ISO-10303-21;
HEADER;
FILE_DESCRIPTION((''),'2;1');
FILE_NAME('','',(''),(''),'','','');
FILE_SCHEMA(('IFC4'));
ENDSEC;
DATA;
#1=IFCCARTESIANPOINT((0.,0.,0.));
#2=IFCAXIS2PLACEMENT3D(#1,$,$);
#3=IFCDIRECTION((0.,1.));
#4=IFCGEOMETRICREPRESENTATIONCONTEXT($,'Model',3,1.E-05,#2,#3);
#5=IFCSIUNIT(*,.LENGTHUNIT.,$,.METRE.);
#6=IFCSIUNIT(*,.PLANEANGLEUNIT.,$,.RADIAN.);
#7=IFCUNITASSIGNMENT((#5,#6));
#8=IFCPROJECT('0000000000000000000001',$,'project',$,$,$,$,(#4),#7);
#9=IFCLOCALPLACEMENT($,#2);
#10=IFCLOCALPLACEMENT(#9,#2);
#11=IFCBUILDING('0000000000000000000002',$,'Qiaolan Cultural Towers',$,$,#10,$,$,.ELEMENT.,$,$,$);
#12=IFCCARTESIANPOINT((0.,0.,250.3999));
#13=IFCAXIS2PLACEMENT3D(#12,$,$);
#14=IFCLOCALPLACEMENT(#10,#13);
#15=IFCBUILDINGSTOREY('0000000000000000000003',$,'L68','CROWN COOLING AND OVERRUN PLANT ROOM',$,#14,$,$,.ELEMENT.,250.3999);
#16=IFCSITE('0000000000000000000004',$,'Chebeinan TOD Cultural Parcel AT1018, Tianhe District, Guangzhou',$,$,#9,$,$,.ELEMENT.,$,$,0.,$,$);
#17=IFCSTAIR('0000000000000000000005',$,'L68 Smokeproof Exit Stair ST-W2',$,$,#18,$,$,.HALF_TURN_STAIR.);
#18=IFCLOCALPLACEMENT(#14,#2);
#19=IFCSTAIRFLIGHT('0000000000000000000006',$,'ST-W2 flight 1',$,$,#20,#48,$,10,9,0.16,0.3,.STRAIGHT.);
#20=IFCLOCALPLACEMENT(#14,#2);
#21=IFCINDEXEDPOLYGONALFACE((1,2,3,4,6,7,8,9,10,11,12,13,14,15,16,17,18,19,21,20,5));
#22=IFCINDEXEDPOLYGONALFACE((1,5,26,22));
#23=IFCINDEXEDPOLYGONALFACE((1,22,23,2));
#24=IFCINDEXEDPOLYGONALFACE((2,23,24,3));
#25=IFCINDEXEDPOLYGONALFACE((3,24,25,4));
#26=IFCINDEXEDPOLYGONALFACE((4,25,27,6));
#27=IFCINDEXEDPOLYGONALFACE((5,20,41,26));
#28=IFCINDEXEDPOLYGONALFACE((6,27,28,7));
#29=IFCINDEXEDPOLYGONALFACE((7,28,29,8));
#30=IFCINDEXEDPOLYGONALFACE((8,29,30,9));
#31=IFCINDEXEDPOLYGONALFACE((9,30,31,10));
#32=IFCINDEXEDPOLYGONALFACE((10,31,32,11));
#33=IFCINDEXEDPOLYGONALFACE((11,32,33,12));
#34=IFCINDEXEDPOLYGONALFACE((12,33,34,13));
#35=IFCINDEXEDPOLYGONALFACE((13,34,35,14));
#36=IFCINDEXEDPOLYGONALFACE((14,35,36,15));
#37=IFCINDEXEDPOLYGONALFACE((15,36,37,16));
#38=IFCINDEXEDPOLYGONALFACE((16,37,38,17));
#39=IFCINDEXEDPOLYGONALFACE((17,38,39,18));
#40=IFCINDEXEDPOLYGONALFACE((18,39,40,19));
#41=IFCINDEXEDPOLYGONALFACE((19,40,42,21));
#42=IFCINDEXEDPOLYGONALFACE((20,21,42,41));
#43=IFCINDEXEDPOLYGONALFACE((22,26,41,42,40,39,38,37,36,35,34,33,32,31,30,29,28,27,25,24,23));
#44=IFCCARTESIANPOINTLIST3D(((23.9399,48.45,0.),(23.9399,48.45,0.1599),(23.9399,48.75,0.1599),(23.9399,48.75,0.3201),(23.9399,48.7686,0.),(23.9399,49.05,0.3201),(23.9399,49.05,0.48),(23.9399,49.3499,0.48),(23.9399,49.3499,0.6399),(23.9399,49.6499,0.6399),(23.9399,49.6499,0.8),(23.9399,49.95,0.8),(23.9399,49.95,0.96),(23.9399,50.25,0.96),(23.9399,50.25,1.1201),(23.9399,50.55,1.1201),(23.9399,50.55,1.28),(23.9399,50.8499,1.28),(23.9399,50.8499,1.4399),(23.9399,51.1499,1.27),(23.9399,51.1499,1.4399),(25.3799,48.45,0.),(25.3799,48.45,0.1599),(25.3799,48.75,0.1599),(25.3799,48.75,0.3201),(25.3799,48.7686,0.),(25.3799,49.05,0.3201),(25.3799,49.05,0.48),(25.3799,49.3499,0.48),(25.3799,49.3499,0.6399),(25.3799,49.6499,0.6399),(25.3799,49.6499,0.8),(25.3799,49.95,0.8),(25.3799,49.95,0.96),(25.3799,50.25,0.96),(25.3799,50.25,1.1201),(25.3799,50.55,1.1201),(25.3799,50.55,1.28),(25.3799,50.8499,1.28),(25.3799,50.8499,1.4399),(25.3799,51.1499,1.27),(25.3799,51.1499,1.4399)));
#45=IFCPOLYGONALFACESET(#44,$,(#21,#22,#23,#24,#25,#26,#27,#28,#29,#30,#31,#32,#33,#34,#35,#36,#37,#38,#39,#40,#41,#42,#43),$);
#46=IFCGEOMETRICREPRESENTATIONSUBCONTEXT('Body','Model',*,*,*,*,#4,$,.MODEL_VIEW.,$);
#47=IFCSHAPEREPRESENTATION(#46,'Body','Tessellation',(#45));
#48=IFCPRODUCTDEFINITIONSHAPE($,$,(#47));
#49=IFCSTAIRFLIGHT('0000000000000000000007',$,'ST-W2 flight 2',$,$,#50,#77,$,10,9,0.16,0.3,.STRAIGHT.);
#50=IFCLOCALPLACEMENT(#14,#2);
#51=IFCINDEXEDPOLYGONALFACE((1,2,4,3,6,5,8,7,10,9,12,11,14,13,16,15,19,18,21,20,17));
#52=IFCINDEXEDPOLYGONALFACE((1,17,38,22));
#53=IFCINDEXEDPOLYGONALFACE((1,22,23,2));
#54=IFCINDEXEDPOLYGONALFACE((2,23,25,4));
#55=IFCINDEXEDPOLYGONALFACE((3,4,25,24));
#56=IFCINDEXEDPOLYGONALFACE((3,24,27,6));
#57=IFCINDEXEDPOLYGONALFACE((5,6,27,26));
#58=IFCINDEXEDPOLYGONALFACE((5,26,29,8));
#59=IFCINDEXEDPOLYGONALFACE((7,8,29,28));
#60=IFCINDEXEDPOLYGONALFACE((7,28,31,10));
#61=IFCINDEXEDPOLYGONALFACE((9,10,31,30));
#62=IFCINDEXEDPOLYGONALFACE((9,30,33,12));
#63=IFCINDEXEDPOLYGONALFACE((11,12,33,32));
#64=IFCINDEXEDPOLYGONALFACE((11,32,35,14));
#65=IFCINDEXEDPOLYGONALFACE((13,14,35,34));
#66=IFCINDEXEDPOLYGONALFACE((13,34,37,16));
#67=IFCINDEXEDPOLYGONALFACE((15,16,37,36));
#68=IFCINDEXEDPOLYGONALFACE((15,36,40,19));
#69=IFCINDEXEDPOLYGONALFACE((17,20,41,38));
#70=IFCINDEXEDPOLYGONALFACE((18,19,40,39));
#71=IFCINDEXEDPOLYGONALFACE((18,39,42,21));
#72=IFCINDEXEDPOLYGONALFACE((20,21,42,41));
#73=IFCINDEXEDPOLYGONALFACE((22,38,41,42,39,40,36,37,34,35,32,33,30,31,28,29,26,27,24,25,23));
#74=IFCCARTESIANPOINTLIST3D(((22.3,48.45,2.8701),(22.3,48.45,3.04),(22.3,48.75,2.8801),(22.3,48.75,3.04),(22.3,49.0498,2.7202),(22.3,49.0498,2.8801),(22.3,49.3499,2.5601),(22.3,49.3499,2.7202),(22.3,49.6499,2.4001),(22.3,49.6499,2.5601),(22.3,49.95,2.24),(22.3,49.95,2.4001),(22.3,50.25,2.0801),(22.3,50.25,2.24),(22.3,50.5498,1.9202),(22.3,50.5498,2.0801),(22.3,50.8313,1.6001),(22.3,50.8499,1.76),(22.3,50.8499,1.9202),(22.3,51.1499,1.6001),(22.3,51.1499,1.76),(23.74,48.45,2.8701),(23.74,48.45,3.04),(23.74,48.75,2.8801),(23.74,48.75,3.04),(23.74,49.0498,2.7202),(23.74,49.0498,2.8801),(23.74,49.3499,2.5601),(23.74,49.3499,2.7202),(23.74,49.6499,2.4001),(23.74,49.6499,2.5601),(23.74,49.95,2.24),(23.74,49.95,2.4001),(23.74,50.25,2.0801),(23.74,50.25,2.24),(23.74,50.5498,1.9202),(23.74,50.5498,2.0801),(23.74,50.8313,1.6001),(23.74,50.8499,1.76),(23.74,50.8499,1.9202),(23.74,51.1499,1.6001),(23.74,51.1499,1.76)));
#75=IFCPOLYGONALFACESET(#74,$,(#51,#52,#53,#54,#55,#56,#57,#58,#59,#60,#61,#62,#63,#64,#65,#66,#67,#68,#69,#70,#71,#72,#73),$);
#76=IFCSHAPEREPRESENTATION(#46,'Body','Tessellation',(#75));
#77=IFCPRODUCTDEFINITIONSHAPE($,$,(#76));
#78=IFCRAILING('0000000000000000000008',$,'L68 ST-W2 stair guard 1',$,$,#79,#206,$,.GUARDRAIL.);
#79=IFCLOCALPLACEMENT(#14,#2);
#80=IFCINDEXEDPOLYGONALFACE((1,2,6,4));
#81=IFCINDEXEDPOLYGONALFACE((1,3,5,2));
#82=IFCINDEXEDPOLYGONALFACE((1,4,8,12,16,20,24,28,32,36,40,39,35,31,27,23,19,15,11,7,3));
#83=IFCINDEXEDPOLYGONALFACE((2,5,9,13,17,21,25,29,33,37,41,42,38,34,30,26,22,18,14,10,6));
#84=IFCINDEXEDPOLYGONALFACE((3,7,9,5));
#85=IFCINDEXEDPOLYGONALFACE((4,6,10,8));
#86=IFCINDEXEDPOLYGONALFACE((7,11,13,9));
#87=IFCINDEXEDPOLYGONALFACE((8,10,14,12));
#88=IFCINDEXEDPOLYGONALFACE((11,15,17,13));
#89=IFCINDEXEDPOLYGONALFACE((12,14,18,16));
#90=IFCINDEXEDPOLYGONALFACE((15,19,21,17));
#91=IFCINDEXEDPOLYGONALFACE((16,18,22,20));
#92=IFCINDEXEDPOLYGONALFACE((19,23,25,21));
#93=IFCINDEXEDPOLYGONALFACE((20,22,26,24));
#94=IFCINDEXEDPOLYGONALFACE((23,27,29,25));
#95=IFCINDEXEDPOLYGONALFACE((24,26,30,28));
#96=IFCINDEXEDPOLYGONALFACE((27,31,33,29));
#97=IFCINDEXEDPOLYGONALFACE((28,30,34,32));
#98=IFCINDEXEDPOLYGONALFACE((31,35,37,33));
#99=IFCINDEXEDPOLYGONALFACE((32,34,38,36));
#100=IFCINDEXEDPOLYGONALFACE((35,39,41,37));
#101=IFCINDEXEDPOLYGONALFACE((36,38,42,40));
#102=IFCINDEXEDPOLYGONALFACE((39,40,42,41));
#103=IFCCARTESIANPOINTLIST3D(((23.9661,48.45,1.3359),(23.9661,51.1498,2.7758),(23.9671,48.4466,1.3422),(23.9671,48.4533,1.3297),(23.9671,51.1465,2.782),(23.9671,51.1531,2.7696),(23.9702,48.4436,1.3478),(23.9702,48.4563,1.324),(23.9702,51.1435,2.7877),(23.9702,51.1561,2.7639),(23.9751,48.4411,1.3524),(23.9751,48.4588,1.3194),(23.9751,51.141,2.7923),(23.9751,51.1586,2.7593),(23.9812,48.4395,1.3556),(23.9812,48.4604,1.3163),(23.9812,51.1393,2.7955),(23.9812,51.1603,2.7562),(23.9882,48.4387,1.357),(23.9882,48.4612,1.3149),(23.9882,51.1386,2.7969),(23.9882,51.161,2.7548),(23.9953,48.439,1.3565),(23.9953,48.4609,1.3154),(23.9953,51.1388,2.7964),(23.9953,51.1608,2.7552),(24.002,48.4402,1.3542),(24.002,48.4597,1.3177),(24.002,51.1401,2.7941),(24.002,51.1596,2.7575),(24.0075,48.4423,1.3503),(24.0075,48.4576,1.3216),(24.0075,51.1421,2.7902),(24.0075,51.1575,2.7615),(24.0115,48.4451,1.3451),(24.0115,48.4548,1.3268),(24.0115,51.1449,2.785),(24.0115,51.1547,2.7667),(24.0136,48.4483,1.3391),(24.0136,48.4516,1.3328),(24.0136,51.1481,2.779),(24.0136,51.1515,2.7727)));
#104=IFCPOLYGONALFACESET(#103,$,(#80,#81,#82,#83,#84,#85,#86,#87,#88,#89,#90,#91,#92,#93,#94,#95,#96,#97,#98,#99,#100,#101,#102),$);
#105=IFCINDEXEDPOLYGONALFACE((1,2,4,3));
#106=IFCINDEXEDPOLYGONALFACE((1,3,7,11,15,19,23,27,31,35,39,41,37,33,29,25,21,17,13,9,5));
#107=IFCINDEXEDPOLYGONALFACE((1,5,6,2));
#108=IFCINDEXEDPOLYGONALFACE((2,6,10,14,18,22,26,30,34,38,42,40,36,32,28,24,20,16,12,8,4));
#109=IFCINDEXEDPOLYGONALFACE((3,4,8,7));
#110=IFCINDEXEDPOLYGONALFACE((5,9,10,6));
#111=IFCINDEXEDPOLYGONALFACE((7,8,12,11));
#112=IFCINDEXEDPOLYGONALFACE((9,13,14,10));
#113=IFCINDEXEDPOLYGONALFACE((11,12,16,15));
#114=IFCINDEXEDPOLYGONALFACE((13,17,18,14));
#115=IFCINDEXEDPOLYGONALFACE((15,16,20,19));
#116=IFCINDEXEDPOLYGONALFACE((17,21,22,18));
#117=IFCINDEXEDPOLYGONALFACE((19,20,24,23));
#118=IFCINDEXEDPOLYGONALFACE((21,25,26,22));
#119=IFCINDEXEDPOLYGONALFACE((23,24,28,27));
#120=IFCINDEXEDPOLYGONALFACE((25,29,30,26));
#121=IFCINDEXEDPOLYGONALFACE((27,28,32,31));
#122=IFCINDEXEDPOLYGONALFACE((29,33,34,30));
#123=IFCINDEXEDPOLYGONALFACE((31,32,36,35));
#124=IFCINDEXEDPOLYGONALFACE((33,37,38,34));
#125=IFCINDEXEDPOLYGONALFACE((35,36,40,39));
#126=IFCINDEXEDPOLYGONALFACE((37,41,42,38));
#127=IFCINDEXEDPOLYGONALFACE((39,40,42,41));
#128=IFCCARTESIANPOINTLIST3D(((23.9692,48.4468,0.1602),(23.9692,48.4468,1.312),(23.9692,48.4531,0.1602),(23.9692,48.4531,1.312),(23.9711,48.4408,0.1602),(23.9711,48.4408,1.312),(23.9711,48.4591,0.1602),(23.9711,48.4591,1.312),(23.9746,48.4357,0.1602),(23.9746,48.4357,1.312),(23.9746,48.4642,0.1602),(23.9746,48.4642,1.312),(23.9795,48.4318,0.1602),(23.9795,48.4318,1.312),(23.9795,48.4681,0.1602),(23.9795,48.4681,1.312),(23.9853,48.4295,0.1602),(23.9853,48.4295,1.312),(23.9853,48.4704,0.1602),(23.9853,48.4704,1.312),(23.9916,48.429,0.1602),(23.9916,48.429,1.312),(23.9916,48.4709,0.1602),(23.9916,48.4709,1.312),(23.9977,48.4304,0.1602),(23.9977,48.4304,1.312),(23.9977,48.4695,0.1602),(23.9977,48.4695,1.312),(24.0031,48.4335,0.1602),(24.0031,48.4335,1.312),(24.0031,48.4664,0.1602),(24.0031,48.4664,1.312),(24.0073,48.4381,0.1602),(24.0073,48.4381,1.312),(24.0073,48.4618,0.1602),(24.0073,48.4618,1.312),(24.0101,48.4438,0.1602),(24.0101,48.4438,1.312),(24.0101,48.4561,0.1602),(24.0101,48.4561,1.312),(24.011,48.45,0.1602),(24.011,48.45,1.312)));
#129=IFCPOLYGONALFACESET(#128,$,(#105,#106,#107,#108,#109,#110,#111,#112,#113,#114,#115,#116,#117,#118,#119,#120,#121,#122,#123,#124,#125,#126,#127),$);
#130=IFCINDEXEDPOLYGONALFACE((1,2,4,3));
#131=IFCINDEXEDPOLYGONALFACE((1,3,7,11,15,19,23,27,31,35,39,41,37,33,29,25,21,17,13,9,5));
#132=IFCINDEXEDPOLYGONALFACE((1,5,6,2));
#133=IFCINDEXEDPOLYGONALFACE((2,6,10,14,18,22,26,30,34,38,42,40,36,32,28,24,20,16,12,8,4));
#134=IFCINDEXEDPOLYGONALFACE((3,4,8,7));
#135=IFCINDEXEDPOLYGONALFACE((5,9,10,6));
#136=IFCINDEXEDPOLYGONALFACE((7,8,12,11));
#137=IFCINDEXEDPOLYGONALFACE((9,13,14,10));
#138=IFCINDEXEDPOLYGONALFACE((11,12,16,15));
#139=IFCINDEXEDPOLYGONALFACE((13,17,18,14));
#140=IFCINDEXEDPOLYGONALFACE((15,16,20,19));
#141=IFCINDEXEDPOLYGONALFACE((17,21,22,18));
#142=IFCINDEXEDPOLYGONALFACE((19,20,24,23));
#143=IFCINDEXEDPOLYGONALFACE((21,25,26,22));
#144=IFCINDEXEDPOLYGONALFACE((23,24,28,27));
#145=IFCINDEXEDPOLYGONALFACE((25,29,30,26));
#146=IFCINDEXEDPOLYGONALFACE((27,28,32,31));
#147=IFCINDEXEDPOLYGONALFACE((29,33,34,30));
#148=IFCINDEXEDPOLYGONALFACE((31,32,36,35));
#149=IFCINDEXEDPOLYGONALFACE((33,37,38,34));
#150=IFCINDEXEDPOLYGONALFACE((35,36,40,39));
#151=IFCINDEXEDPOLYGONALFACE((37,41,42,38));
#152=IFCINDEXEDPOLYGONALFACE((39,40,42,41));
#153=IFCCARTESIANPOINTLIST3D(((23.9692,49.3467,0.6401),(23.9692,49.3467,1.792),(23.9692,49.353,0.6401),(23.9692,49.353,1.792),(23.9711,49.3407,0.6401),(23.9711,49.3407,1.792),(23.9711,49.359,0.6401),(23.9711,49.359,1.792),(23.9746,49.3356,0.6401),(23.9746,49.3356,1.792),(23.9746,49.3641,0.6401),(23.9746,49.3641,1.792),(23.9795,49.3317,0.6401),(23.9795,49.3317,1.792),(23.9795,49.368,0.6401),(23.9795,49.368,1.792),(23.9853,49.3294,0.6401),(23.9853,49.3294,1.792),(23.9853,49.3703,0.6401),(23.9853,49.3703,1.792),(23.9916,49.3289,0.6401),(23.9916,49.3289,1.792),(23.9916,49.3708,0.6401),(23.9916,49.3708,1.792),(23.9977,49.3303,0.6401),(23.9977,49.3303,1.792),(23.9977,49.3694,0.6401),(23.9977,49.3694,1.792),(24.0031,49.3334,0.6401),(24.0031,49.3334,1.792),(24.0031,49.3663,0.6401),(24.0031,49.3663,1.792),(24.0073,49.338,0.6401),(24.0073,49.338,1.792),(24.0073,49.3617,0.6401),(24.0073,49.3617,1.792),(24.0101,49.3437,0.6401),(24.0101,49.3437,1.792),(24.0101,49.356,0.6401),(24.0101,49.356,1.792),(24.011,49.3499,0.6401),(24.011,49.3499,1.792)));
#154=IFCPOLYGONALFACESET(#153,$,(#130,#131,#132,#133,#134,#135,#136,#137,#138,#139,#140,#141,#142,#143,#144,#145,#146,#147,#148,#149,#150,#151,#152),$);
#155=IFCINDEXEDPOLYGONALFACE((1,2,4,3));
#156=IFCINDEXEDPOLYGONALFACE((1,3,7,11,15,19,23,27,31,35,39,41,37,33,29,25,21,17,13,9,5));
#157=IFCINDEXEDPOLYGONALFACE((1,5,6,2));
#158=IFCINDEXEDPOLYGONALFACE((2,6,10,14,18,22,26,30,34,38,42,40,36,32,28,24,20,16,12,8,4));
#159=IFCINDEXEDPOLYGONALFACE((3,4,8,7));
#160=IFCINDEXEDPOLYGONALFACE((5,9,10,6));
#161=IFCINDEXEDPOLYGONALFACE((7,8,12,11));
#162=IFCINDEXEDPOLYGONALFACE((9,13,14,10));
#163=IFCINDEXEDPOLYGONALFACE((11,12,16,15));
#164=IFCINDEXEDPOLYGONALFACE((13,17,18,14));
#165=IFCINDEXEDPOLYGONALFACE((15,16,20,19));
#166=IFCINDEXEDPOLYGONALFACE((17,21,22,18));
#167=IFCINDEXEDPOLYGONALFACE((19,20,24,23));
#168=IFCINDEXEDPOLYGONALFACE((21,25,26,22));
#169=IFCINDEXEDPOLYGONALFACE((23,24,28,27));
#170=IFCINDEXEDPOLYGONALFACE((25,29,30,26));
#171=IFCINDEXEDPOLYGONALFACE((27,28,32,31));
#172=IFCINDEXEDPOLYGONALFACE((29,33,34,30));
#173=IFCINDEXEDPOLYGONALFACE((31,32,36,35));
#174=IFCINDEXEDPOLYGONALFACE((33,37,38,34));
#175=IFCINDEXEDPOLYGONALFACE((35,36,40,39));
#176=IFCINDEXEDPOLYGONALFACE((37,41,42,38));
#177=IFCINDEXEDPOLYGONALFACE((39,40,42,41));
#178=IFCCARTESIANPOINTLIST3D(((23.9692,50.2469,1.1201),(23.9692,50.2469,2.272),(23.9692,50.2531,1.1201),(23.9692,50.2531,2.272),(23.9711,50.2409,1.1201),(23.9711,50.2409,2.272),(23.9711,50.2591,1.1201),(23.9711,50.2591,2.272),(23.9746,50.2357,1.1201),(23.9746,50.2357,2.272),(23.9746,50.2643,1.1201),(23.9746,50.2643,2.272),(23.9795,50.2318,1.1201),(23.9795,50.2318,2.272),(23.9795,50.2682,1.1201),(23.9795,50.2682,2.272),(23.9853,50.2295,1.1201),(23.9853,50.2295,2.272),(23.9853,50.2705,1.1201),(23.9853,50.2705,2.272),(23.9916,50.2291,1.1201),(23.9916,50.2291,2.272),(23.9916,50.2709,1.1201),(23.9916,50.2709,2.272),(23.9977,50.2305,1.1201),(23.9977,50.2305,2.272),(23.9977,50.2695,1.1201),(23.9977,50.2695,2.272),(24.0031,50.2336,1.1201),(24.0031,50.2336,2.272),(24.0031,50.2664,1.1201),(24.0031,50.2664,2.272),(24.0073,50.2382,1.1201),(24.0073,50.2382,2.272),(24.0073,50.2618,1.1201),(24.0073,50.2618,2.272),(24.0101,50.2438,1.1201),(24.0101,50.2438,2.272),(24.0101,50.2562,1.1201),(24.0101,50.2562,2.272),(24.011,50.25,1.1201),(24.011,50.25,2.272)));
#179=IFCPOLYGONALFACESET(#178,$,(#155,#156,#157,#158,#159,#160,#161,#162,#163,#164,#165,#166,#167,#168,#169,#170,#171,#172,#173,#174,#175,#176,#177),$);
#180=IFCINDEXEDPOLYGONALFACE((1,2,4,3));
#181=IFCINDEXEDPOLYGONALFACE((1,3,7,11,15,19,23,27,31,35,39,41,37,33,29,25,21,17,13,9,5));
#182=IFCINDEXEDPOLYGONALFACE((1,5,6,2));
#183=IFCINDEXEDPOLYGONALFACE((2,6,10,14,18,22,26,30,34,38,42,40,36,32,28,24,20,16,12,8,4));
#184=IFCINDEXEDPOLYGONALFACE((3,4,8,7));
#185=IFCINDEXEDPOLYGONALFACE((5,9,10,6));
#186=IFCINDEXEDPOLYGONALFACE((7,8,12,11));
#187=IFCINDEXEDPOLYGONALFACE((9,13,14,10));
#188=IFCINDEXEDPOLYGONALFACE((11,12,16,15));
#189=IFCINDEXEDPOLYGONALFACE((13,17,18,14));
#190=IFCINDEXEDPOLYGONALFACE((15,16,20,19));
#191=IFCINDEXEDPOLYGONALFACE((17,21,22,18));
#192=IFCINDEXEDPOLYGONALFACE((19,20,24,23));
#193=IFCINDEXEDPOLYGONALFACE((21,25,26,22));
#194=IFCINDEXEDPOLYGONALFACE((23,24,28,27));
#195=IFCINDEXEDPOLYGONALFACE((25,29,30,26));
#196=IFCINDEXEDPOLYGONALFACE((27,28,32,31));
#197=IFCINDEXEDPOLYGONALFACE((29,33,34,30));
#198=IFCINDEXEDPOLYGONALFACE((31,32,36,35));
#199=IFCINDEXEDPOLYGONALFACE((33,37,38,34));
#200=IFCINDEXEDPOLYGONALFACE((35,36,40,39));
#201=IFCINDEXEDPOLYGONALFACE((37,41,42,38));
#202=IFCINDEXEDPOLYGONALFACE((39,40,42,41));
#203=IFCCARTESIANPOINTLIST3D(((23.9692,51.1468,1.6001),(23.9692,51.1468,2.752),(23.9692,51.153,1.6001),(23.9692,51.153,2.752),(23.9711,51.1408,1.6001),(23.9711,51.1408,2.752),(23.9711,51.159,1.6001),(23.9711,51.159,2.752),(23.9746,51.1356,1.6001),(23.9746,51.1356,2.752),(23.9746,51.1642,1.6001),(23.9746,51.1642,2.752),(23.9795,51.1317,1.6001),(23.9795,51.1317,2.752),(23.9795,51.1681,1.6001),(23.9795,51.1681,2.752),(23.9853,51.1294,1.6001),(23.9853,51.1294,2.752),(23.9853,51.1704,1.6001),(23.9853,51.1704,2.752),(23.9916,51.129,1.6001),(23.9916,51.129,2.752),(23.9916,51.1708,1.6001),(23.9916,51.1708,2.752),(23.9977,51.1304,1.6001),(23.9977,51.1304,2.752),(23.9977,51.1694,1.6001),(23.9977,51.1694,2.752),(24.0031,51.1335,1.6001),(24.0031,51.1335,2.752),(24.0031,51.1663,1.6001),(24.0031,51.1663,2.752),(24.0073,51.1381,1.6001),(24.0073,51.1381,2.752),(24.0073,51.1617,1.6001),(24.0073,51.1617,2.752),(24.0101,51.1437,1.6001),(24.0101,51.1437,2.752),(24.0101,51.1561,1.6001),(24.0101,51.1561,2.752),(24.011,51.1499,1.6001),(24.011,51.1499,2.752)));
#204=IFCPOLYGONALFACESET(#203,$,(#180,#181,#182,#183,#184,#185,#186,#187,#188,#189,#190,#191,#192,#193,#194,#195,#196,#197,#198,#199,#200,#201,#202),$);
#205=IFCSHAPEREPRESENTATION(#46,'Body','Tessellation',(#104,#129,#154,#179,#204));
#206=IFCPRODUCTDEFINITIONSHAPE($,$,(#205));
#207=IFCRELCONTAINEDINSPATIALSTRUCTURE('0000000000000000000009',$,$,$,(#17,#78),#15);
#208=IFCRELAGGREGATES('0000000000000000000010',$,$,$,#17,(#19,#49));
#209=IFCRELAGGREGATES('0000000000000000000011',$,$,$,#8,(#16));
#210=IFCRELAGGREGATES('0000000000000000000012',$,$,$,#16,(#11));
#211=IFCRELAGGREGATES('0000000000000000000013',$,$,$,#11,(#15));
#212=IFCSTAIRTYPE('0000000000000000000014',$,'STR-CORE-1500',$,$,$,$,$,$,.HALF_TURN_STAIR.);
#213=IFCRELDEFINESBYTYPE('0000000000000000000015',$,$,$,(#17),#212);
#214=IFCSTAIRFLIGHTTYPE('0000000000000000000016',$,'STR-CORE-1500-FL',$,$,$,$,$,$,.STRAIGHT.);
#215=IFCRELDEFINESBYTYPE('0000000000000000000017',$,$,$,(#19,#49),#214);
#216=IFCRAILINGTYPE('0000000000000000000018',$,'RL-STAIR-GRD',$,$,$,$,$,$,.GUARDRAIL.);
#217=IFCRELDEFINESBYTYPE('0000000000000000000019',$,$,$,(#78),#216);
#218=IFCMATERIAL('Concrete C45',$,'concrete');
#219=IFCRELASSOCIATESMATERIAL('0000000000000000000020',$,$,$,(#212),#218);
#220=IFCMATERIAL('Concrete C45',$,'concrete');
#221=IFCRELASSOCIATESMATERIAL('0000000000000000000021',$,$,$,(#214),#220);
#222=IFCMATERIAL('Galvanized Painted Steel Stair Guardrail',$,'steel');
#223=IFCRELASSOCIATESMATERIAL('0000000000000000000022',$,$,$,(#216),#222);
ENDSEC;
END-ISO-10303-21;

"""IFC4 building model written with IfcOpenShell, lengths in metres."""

from ifc_helpers import new_model, si_unit, direction, frame, origin, origin_2d, place, context, subcontext, project, spatial, polyline, circle, outline, extrude, material, type_object, element, aggregate, save


model = new_model("IFC4")

# Units and contexts
model_context = context("Model", 3, precision=1e-05, world=origin(), true_north=direction((0.0, 1.0)))
body_context = subcontext(model_context, "Body", "Model", "MODEL_VIEW")
ifc_project = project(units=[si_unit("LENGTHUNIT", "METRE"), si_unit("PLANEANGLEUNIT", "RADIAN")], contexts=[model_context])

# Site, building, storey
site_placement = place(None, origin())
site = spatial("IfcSite", under=ifc_project, at=site_placement, Name="Chebeinan TOD Cultural Parcel AT1018, Tianhe District, Guangzhou", CompositionType="ELEMENT", RefElevation=0.0)
building_placement = place(site_placement, origin())
building = spatial("IfcBuilding", under=site, at=building_placement, Name="Qiaolan Cultural Towers", CompositionType="ELEMENT")
storey_placement = place(building_placement, frame((0.0, 0.0, 250.3999)))
storey = spatial("IfcBuildingStorey", under=building, at=storey_placement, Name="L68", Description="CROWN COOLING AND OVERRUN PLANT ROOM", CompositionType="ELEMENT", Elevation=250.3999)

# Stair, stair flights
ifc_material_1 = material(Name="Concrete C45", Category="concrete")
stair_type = type_object("IfcStairType", Name="STR-CORE-1500", PredefinedType="HALF_TURN_STAIR", material=ifc_material_1)
stair_placement = place(storey_placement, origin())
stair = element("IfcStair", 1, at=stair_placement, inside=storey, type_object=stair_type, Name="L68 Smokeproof Exit Stair ST-W2", PredefinedType="HALF_TURN_STAIR")
ifc_material_2 = material(Name="Concrete C45", Category="concrete")
stair_flight_type = type_object("IfcStairFlightType", Name="STR-CORE-1500-FL", PredefinedType="STRAIGHT", material=ifc_material_2)
stair_flight_1_placement = place(storey_placement, frame((24.6599, 48.45, 0.0), z_axis=(0.0, 0.0, 1.0), x_axis=(0.0, 1.0, 0.0)))
stair_flight_1 = element("IfcStairFlight", 2, at=stair_flight_1_placement, type_object=stair_flight_type, Name="ST-W2 flight 1", NumberOfRisers=10, NumberOfTreads=9, PredefinedType="STRAIGHT", RiserHeight=0.16, TreadLength=0.3, context=body_context, shape_type="SweptSolid", body=[
    extrude(outline(polyline([(0.0, 0.0), (0.0, 0.1599), (0.3, 0.1599), (0.3, 0.3201), (0.6001, 0.3201), (0.6001, 0.48), (0.8999, 0.48), (0.8999, 0.6399), (1.2, 0.6399), (1.2, 0.8), (1.5, 0.8), (1.5, 0.96), (1.8, 0.96), (1.8, 1.1201), (2.1001, 1.1201), (2.1001, 1.28), (2.3999, 1.28), (2.3999, 1.4399), (2.7, 1.4399), (2.7, 1.6001), (2.7, 1.27), (0.3186, 0.0), (0.0, 0.0)])), frame((0.0, 0.72, 0.0), z_axis=(0.0, -1.0, 0.0), x_axis=(1.0, 0.0, 0.0)), (0.0, 0.0, 1.0), 1.4399),
])
stair_flight_2_placement = place(storey_placement, frame((23.02, 51.1499, 1.6001), z_axis=(0.0, 0.0, 1.0), x_axis=(0.0, -1.0, 0.0)))
stair_flight_2 = element("IfcStairFlight", 3, at=stair_flight_2_placement, type_object=stair_flight_type, Name="ST-W2 flight 2", NumberOfRisers=10, NumberOfTreads=9, PredefinedType="STRAIGHT", RiserHeight=0.16, TreadLength=0.3, context=body_context, shape_type="SweptSolid", body=[
    extrude(outline(polyline([(0.0, 0.0), (0.0, 0.1599), (0.3, 0.1599), (0.3, 0.3201), (0.6001, 0.3201), (0.6001, 0.48), (0.8999, 0.48), (0.8999, 0.6399), (1.2, 0.6399), (1.2, 0.8), (1.5, 0.8), (1.5, 0.96), (1.8, 0.96), (1.8, 1.1201), (2.1001, 1.1201), (2.1001, 1.28), (2.3999, 1.28), (2.3999, 1.4399), (2.7, 1.4399), (2.7, 1.6001), (2.7, 1.27), (0.3186, 0.0), (0.0, 0.0)])), frame((0.0, 0.72, 0.0), z_axis=(0.0, -1.0, 0.0), x_axis=(1.0, 0.0, 0.0)), (0.0, 0.0, 1.0), 1.4399),
])
aggregate(stair, [stair_flight_1, stair_flight_2])

# Railing
ifc_material_3 = material(Name="Galvanized Painted Steel Stair Guardrail", Category="steel")
railing_type_1 = type_object("IfcRailingType", Name="RL-STAIR-GRD", PredefinedType="GUARDRAIL", material=ifc_material_3)
railing_1_placement = place(storey_placement, frame((23.99, 48.45, 0.1602)))
element("IfcRailing", 4, at=railing_1_placement, inside=storey, type_object=railing_type_1, Name="L68 ST-W2 stair guard 1", PredefinedType="GUARDRAIL", context=body_context, shape_type="SweptSolid", body=[
    extrude(circle(Radius=0.0239, at=origin_2d()), frame((0.0, 0.0, 1.1758), z_axis=(0.0, 0.882357, 0.47058), x_axis=(-1.0, 0.0, 0.0)), (0.0, 0.0, 1.0), 3.0598),
    extrude(circle(Radius=0.021, at=origin_2d()), origin(), (0.0, 0.0, 1.0), 1.1519),
    extrude(circle(Radius=0.021, at=origin_2d()), frame((0.0, 0.8999, 0.48)), (0.0, 0.0, 1.0), 1.1519),
    extrude(circle(Radius=0.021, at=origin_2d()), frame((0.0, 1.8, 0.96)), (0.0, 0.0, 1.0), 1.1519),
    extrude(circle(Radius=0.021, at=origin_2d()), frame((0.0, 2.7, 1.4399)), (0.0, 0.0, 1.0), 1.1519),
])

save(model, "model.ifc")
